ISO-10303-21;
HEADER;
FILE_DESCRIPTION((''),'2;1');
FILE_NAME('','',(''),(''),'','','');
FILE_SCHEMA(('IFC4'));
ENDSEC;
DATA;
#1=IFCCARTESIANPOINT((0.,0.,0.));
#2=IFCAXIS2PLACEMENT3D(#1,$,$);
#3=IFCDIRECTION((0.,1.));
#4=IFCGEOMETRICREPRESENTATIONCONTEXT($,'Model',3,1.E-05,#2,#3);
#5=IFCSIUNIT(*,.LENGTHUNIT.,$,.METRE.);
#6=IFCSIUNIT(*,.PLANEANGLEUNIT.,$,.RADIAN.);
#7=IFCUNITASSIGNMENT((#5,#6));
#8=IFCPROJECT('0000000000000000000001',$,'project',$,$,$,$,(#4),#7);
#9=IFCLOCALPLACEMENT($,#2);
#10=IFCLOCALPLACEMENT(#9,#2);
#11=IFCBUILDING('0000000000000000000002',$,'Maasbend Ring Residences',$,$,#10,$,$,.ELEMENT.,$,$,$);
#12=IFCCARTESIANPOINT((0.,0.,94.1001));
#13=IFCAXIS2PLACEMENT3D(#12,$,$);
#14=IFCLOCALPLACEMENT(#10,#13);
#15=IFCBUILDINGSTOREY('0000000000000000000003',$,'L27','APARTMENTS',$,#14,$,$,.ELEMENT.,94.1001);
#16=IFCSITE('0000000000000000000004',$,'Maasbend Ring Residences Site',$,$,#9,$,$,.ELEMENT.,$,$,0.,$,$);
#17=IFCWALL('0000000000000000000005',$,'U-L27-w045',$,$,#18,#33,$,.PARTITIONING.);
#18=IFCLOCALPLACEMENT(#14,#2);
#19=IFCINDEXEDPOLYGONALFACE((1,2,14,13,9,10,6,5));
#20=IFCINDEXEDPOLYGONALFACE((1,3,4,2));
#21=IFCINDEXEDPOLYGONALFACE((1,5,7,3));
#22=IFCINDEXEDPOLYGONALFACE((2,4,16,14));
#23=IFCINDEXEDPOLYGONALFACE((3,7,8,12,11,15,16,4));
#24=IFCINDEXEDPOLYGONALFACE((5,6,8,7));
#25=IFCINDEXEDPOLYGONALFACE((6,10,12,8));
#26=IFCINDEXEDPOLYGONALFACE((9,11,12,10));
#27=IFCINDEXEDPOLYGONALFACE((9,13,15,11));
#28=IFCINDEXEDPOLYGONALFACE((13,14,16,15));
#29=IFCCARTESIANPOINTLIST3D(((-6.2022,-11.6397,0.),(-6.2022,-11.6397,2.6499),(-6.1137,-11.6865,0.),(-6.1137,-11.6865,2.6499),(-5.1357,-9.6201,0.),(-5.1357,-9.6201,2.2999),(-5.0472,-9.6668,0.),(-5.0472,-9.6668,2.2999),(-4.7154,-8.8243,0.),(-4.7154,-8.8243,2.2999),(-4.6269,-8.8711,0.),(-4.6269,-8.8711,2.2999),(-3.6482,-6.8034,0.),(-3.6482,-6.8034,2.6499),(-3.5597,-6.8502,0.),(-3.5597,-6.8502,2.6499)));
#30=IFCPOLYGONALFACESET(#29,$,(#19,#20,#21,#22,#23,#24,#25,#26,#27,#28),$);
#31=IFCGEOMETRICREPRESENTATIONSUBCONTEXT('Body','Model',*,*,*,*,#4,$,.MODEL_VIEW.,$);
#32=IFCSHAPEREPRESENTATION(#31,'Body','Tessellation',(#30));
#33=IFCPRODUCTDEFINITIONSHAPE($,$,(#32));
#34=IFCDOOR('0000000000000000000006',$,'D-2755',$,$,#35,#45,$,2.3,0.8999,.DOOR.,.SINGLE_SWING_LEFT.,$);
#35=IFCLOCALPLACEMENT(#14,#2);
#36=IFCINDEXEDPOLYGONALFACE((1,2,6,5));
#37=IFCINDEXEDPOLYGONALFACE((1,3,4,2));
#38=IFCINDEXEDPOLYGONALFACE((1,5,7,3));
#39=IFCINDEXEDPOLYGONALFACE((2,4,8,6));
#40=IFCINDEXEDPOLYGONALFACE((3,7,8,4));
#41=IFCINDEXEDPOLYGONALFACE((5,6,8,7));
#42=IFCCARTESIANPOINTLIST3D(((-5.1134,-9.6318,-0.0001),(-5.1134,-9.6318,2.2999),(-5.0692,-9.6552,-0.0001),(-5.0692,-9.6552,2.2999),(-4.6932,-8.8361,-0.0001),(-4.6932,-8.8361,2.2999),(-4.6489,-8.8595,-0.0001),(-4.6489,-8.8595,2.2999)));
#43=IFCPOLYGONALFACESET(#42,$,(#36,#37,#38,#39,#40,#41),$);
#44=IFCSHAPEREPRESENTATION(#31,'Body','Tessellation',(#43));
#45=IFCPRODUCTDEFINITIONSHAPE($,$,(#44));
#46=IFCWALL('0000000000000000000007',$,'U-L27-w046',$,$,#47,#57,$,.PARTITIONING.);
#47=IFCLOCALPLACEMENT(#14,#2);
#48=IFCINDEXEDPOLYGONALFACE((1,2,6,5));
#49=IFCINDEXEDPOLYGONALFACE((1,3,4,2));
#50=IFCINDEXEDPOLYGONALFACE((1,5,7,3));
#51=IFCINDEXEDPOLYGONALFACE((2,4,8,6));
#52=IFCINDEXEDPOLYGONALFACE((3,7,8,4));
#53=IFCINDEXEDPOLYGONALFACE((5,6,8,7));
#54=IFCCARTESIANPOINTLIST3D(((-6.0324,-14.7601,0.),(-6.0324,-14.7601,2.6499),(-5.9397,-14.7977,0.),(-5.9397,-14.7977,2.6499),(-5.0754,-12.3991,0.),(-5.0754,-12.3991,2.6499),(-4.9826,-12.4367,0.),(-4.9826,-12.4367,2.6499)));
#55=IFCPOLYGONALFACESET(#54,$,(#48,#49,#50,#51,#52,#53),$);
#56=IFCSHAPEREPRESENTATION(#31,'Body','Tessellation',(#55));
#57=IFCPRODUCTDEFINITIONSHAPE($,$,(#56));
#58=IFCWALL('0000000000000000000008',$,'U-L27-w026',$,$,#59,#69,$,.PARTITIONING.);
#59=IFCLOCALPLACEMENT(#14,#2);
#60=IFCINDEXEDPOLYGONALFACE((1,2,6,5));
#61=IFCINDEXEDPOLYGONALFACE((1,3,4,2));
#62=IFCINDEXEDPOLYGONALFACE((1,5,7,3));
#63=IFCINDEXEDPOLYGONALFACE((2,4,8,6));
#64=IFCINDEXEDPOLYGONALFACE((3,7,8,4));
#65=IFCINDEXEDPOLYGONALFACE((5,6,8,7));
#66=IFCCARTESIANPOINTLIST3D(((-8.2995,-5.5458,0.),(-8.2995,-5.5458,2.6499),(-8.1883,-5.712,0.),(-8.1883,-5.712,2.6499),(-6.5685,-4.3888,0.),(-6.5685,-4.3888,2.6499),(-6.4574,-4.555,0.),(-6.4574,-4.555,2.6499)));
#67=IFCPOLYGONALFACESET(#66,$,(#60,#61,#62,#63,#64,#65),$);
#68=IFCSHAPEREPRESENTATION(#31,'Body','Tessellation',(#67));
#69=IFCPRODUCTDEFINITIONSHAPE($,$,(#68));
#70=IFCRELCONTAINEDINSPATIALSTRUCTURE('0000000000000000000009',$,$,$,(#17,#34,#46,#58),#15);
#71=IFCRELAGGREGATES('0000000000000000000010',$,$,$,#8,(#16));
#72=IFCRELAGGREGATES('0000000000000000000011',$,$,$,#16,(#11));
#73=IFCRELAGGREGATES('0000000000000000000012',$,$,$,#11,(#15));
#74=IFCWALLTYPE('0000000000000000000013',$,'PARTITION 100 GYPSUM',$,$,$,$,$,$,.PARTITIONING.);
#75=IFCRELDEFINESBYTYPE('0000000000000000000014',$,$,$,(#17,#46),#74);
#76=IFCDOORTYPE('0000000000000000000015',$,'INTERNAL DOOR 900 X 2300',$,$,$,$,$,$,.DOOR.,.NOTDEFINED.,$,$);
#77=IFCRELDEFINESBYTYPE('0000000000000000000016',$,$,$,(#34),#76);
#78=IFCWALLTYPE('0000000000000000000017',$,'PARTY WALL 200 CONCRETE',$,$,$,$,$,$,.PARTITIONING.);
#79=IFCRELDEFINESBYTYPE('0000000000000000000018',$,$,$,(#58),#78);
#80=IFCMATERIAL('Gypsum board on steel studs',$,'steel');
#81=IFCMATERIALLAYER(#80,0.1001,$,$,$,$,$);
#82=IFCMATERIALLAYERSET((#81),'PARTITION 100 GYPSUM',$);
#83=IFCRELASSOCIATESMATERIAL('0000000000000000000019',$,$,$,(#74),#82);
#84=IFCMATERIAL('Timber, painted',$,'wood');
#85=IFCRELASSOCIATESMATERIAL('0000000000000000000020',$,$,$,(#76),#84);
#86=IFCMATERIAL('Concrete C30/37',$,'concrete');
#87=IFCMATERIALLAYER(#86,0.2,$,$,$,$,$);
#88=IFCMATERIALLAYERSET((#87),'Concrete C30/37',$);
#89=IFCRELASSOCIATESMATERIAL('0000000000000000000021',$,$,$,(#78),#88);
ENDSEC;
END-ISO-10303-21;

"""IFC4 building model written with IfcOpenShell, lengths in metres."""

from ifc_helpers import new_model, si_unit, direction, frame, frame_2d, origin, place, context, subcontext, project, spatial, rectangle, extrude, material, layer, layer_set, type_object, element, fill, save


model = new_model("IFC4")

# Units and contexts
model_context = context("Model", 3, precision=1e-05, world=origin(), true_north=direction((0.0, 1.0)))
body_context = subcontext(model_context, "Body", "Model", "MODEL_VIEW")
ifc_project = project(units=[si_unit("LENGTHUNIT", "METRE"), si_unit("PLANEANGLEUNIT", "RADIAN")], contexts=[model_context])

# Site, building, storey
site_placement = place(None, origin())
site = spatial("IfcSite", under=ifc_project, at=site_placement, Name="Maasbend Ring Residences Site", CompositionType="ELEMENT", RefElevation=0.0)
building_placement = place(site_placement, origin())
building = spatial("IfcBuilding", under=site, at=building_placement, Name="Maasbend Ring Residences", CompositionType="ELEMENT")
storey_placement = place(building_placement, frame((0.0, 0.0, 94.1001)))
storey = spatial("IfcBuildingStorey", under=building, at=storey_placement, Name="L27", Description="APARTMENTS", CompositionType="ELEMENT", Elevation=94.1001)

# Wall, opening, door
ifc_material_1 = material(Name="Gypsum board on steel studs", Category="steel")
ifc_layer_1 = layer(ifc_material_1, 0.1001)
ifc_layer_set_1 = layer_set([ifc_layer_1], Name="PARTITION 100 GYPSUM")
wall_type_1 = type_object("IfcWallType", Name="PARTITION 100 GYPSUM", PredefinedType="PARTITIONING", material=ifc_layer_set_1)
ifc_material_2 = material(Name="Timber, painted", Category="wood")
door_type_1 = type_object("IfcDoorType", Name="INTERNAL DOOR 900 X 2300", OperationType="NOTDEFINED", PredefinedType="DOOR", material=ifc_material_2)
wall_1_placement = place(storey_placement, frame((-6.158, -11.6631, 0.0), z_axis=(0.0, 0.0, 1.0), x_axis=(0.466977, 0.88427, 0.0)))
wall_1 = element("IfcWall", 1, at=wall_1_placement, inside=storey, type_object=wall_type_1, Name="U-L27-w045", PredefinedType="PARTITIONING", context=body_context, shape_type="SweptSolid", body=[
    extrude(rectangle(XDim=5.4692, YDim=0.1001, at=frame_2d((2.7346, 0.0))), origin(), (0.0, 0.0, 1.0), 2.6499),
])
opening_1_placement = place(wall_1_placement, frame((2.2839, 0.0, 0.0)))
opening_1 = element("IfcOpeningElement", 2, at=opening_1_placement, cuts=wall_1, PredefinedType="OPENING", context=body_context, shape_type="SweptSolid", body=[
    extrude(rectangle(XDim=0.8999, YDim=2.3, at=frame_2d((0.45, 1.1499))), frame((0.0, 0.0601, 0.0), z_axis=(0.0, -1.0, 0.0), x_axis=(1.0, 0.0, 0.0)), (0.0, 0.0, 1.0), 0.1201),
])
door_1_placement = place(opening_1_placement, origin())
door_1 = element("IfcDoor", 3, at=door_1_placement, inside=storey, type_object=door_type_1, Name="D-2755", OperationType="SINGLE_SWING_LEFT", OverallHeight=2.3, OverallWidth=0.8999, PredefinedType="DOOR", context=body_context, shape_type="SweptSolid", body=[
    extrude(rectangle(XDim=0.8999, YDim=2.3, at=frame_2d((0.45, 1.1499))), frame((0.0, 0.0249, 0.0), z_axis=(0.0, -1.0, 0.0), x_axis=(1.0, 0.0, 0.0)), (0.0, 0.0, 1.0), 0.05),
])
fill(opening_1, door_1)

# Walls
wall_2_placement = place(storey_placement, frame((-5.9861, -14.7791, 0.0), z_axis=(0.0, 0.0, 1.0), x_axis=(0.375649, 0.926762, 0.0)))
element("IfcWall", 4, at=wall_2_placement, inside=storey, type_object=wall_type_1, Name="U-L27-w046", PredefinedType="PARTITIONING", context=body_context, shape_type="SweptSolid", body=[
    extrude(rectangle(XDim=2.5476, YDim=0.1001, at=frame_2d((1.2739, 0.0))), origin(), (0.0, 0.0, 1.0), 2.6499),
])
ifc_material_3 = material(Name="Concrete C30/37", Category="concrete")
ifc_layer_2 = layer(ifc_material_3, 0.2)
ifc_layer_set_2 = layer_set([ifc_layer_2], Name="Concrete C30/37")
wall_type_2 = type_object("IfcWallType", Name="PARTY WALL 200 CONCRETE", PredefinedType="PARTITIONING", material=ifc_layer_set_2)
wall_3_placement = place(storey_placement, frame((-6.5129, -4.4719, 0.0), z_axis=(0.0, 0.0, 1.0), x_axis=(-0.831382, -0.555701, 0.0)))
element("IfcWall", 5, at=wall_3_placement, inside=storey, type_object=wall_type_2, Name="U-L27-w026", PredefinedType="PARTITIONING", context=body_context, shape_type="SweptSolid", body=[
    extrude(rectangle(XDim=2.082, YDim=0.2, at=frame_2d((1.041, 0.0))), origin(), (0.0, 0.0, 1.0), 2.6499),
])

save(model, "model.ifc")
